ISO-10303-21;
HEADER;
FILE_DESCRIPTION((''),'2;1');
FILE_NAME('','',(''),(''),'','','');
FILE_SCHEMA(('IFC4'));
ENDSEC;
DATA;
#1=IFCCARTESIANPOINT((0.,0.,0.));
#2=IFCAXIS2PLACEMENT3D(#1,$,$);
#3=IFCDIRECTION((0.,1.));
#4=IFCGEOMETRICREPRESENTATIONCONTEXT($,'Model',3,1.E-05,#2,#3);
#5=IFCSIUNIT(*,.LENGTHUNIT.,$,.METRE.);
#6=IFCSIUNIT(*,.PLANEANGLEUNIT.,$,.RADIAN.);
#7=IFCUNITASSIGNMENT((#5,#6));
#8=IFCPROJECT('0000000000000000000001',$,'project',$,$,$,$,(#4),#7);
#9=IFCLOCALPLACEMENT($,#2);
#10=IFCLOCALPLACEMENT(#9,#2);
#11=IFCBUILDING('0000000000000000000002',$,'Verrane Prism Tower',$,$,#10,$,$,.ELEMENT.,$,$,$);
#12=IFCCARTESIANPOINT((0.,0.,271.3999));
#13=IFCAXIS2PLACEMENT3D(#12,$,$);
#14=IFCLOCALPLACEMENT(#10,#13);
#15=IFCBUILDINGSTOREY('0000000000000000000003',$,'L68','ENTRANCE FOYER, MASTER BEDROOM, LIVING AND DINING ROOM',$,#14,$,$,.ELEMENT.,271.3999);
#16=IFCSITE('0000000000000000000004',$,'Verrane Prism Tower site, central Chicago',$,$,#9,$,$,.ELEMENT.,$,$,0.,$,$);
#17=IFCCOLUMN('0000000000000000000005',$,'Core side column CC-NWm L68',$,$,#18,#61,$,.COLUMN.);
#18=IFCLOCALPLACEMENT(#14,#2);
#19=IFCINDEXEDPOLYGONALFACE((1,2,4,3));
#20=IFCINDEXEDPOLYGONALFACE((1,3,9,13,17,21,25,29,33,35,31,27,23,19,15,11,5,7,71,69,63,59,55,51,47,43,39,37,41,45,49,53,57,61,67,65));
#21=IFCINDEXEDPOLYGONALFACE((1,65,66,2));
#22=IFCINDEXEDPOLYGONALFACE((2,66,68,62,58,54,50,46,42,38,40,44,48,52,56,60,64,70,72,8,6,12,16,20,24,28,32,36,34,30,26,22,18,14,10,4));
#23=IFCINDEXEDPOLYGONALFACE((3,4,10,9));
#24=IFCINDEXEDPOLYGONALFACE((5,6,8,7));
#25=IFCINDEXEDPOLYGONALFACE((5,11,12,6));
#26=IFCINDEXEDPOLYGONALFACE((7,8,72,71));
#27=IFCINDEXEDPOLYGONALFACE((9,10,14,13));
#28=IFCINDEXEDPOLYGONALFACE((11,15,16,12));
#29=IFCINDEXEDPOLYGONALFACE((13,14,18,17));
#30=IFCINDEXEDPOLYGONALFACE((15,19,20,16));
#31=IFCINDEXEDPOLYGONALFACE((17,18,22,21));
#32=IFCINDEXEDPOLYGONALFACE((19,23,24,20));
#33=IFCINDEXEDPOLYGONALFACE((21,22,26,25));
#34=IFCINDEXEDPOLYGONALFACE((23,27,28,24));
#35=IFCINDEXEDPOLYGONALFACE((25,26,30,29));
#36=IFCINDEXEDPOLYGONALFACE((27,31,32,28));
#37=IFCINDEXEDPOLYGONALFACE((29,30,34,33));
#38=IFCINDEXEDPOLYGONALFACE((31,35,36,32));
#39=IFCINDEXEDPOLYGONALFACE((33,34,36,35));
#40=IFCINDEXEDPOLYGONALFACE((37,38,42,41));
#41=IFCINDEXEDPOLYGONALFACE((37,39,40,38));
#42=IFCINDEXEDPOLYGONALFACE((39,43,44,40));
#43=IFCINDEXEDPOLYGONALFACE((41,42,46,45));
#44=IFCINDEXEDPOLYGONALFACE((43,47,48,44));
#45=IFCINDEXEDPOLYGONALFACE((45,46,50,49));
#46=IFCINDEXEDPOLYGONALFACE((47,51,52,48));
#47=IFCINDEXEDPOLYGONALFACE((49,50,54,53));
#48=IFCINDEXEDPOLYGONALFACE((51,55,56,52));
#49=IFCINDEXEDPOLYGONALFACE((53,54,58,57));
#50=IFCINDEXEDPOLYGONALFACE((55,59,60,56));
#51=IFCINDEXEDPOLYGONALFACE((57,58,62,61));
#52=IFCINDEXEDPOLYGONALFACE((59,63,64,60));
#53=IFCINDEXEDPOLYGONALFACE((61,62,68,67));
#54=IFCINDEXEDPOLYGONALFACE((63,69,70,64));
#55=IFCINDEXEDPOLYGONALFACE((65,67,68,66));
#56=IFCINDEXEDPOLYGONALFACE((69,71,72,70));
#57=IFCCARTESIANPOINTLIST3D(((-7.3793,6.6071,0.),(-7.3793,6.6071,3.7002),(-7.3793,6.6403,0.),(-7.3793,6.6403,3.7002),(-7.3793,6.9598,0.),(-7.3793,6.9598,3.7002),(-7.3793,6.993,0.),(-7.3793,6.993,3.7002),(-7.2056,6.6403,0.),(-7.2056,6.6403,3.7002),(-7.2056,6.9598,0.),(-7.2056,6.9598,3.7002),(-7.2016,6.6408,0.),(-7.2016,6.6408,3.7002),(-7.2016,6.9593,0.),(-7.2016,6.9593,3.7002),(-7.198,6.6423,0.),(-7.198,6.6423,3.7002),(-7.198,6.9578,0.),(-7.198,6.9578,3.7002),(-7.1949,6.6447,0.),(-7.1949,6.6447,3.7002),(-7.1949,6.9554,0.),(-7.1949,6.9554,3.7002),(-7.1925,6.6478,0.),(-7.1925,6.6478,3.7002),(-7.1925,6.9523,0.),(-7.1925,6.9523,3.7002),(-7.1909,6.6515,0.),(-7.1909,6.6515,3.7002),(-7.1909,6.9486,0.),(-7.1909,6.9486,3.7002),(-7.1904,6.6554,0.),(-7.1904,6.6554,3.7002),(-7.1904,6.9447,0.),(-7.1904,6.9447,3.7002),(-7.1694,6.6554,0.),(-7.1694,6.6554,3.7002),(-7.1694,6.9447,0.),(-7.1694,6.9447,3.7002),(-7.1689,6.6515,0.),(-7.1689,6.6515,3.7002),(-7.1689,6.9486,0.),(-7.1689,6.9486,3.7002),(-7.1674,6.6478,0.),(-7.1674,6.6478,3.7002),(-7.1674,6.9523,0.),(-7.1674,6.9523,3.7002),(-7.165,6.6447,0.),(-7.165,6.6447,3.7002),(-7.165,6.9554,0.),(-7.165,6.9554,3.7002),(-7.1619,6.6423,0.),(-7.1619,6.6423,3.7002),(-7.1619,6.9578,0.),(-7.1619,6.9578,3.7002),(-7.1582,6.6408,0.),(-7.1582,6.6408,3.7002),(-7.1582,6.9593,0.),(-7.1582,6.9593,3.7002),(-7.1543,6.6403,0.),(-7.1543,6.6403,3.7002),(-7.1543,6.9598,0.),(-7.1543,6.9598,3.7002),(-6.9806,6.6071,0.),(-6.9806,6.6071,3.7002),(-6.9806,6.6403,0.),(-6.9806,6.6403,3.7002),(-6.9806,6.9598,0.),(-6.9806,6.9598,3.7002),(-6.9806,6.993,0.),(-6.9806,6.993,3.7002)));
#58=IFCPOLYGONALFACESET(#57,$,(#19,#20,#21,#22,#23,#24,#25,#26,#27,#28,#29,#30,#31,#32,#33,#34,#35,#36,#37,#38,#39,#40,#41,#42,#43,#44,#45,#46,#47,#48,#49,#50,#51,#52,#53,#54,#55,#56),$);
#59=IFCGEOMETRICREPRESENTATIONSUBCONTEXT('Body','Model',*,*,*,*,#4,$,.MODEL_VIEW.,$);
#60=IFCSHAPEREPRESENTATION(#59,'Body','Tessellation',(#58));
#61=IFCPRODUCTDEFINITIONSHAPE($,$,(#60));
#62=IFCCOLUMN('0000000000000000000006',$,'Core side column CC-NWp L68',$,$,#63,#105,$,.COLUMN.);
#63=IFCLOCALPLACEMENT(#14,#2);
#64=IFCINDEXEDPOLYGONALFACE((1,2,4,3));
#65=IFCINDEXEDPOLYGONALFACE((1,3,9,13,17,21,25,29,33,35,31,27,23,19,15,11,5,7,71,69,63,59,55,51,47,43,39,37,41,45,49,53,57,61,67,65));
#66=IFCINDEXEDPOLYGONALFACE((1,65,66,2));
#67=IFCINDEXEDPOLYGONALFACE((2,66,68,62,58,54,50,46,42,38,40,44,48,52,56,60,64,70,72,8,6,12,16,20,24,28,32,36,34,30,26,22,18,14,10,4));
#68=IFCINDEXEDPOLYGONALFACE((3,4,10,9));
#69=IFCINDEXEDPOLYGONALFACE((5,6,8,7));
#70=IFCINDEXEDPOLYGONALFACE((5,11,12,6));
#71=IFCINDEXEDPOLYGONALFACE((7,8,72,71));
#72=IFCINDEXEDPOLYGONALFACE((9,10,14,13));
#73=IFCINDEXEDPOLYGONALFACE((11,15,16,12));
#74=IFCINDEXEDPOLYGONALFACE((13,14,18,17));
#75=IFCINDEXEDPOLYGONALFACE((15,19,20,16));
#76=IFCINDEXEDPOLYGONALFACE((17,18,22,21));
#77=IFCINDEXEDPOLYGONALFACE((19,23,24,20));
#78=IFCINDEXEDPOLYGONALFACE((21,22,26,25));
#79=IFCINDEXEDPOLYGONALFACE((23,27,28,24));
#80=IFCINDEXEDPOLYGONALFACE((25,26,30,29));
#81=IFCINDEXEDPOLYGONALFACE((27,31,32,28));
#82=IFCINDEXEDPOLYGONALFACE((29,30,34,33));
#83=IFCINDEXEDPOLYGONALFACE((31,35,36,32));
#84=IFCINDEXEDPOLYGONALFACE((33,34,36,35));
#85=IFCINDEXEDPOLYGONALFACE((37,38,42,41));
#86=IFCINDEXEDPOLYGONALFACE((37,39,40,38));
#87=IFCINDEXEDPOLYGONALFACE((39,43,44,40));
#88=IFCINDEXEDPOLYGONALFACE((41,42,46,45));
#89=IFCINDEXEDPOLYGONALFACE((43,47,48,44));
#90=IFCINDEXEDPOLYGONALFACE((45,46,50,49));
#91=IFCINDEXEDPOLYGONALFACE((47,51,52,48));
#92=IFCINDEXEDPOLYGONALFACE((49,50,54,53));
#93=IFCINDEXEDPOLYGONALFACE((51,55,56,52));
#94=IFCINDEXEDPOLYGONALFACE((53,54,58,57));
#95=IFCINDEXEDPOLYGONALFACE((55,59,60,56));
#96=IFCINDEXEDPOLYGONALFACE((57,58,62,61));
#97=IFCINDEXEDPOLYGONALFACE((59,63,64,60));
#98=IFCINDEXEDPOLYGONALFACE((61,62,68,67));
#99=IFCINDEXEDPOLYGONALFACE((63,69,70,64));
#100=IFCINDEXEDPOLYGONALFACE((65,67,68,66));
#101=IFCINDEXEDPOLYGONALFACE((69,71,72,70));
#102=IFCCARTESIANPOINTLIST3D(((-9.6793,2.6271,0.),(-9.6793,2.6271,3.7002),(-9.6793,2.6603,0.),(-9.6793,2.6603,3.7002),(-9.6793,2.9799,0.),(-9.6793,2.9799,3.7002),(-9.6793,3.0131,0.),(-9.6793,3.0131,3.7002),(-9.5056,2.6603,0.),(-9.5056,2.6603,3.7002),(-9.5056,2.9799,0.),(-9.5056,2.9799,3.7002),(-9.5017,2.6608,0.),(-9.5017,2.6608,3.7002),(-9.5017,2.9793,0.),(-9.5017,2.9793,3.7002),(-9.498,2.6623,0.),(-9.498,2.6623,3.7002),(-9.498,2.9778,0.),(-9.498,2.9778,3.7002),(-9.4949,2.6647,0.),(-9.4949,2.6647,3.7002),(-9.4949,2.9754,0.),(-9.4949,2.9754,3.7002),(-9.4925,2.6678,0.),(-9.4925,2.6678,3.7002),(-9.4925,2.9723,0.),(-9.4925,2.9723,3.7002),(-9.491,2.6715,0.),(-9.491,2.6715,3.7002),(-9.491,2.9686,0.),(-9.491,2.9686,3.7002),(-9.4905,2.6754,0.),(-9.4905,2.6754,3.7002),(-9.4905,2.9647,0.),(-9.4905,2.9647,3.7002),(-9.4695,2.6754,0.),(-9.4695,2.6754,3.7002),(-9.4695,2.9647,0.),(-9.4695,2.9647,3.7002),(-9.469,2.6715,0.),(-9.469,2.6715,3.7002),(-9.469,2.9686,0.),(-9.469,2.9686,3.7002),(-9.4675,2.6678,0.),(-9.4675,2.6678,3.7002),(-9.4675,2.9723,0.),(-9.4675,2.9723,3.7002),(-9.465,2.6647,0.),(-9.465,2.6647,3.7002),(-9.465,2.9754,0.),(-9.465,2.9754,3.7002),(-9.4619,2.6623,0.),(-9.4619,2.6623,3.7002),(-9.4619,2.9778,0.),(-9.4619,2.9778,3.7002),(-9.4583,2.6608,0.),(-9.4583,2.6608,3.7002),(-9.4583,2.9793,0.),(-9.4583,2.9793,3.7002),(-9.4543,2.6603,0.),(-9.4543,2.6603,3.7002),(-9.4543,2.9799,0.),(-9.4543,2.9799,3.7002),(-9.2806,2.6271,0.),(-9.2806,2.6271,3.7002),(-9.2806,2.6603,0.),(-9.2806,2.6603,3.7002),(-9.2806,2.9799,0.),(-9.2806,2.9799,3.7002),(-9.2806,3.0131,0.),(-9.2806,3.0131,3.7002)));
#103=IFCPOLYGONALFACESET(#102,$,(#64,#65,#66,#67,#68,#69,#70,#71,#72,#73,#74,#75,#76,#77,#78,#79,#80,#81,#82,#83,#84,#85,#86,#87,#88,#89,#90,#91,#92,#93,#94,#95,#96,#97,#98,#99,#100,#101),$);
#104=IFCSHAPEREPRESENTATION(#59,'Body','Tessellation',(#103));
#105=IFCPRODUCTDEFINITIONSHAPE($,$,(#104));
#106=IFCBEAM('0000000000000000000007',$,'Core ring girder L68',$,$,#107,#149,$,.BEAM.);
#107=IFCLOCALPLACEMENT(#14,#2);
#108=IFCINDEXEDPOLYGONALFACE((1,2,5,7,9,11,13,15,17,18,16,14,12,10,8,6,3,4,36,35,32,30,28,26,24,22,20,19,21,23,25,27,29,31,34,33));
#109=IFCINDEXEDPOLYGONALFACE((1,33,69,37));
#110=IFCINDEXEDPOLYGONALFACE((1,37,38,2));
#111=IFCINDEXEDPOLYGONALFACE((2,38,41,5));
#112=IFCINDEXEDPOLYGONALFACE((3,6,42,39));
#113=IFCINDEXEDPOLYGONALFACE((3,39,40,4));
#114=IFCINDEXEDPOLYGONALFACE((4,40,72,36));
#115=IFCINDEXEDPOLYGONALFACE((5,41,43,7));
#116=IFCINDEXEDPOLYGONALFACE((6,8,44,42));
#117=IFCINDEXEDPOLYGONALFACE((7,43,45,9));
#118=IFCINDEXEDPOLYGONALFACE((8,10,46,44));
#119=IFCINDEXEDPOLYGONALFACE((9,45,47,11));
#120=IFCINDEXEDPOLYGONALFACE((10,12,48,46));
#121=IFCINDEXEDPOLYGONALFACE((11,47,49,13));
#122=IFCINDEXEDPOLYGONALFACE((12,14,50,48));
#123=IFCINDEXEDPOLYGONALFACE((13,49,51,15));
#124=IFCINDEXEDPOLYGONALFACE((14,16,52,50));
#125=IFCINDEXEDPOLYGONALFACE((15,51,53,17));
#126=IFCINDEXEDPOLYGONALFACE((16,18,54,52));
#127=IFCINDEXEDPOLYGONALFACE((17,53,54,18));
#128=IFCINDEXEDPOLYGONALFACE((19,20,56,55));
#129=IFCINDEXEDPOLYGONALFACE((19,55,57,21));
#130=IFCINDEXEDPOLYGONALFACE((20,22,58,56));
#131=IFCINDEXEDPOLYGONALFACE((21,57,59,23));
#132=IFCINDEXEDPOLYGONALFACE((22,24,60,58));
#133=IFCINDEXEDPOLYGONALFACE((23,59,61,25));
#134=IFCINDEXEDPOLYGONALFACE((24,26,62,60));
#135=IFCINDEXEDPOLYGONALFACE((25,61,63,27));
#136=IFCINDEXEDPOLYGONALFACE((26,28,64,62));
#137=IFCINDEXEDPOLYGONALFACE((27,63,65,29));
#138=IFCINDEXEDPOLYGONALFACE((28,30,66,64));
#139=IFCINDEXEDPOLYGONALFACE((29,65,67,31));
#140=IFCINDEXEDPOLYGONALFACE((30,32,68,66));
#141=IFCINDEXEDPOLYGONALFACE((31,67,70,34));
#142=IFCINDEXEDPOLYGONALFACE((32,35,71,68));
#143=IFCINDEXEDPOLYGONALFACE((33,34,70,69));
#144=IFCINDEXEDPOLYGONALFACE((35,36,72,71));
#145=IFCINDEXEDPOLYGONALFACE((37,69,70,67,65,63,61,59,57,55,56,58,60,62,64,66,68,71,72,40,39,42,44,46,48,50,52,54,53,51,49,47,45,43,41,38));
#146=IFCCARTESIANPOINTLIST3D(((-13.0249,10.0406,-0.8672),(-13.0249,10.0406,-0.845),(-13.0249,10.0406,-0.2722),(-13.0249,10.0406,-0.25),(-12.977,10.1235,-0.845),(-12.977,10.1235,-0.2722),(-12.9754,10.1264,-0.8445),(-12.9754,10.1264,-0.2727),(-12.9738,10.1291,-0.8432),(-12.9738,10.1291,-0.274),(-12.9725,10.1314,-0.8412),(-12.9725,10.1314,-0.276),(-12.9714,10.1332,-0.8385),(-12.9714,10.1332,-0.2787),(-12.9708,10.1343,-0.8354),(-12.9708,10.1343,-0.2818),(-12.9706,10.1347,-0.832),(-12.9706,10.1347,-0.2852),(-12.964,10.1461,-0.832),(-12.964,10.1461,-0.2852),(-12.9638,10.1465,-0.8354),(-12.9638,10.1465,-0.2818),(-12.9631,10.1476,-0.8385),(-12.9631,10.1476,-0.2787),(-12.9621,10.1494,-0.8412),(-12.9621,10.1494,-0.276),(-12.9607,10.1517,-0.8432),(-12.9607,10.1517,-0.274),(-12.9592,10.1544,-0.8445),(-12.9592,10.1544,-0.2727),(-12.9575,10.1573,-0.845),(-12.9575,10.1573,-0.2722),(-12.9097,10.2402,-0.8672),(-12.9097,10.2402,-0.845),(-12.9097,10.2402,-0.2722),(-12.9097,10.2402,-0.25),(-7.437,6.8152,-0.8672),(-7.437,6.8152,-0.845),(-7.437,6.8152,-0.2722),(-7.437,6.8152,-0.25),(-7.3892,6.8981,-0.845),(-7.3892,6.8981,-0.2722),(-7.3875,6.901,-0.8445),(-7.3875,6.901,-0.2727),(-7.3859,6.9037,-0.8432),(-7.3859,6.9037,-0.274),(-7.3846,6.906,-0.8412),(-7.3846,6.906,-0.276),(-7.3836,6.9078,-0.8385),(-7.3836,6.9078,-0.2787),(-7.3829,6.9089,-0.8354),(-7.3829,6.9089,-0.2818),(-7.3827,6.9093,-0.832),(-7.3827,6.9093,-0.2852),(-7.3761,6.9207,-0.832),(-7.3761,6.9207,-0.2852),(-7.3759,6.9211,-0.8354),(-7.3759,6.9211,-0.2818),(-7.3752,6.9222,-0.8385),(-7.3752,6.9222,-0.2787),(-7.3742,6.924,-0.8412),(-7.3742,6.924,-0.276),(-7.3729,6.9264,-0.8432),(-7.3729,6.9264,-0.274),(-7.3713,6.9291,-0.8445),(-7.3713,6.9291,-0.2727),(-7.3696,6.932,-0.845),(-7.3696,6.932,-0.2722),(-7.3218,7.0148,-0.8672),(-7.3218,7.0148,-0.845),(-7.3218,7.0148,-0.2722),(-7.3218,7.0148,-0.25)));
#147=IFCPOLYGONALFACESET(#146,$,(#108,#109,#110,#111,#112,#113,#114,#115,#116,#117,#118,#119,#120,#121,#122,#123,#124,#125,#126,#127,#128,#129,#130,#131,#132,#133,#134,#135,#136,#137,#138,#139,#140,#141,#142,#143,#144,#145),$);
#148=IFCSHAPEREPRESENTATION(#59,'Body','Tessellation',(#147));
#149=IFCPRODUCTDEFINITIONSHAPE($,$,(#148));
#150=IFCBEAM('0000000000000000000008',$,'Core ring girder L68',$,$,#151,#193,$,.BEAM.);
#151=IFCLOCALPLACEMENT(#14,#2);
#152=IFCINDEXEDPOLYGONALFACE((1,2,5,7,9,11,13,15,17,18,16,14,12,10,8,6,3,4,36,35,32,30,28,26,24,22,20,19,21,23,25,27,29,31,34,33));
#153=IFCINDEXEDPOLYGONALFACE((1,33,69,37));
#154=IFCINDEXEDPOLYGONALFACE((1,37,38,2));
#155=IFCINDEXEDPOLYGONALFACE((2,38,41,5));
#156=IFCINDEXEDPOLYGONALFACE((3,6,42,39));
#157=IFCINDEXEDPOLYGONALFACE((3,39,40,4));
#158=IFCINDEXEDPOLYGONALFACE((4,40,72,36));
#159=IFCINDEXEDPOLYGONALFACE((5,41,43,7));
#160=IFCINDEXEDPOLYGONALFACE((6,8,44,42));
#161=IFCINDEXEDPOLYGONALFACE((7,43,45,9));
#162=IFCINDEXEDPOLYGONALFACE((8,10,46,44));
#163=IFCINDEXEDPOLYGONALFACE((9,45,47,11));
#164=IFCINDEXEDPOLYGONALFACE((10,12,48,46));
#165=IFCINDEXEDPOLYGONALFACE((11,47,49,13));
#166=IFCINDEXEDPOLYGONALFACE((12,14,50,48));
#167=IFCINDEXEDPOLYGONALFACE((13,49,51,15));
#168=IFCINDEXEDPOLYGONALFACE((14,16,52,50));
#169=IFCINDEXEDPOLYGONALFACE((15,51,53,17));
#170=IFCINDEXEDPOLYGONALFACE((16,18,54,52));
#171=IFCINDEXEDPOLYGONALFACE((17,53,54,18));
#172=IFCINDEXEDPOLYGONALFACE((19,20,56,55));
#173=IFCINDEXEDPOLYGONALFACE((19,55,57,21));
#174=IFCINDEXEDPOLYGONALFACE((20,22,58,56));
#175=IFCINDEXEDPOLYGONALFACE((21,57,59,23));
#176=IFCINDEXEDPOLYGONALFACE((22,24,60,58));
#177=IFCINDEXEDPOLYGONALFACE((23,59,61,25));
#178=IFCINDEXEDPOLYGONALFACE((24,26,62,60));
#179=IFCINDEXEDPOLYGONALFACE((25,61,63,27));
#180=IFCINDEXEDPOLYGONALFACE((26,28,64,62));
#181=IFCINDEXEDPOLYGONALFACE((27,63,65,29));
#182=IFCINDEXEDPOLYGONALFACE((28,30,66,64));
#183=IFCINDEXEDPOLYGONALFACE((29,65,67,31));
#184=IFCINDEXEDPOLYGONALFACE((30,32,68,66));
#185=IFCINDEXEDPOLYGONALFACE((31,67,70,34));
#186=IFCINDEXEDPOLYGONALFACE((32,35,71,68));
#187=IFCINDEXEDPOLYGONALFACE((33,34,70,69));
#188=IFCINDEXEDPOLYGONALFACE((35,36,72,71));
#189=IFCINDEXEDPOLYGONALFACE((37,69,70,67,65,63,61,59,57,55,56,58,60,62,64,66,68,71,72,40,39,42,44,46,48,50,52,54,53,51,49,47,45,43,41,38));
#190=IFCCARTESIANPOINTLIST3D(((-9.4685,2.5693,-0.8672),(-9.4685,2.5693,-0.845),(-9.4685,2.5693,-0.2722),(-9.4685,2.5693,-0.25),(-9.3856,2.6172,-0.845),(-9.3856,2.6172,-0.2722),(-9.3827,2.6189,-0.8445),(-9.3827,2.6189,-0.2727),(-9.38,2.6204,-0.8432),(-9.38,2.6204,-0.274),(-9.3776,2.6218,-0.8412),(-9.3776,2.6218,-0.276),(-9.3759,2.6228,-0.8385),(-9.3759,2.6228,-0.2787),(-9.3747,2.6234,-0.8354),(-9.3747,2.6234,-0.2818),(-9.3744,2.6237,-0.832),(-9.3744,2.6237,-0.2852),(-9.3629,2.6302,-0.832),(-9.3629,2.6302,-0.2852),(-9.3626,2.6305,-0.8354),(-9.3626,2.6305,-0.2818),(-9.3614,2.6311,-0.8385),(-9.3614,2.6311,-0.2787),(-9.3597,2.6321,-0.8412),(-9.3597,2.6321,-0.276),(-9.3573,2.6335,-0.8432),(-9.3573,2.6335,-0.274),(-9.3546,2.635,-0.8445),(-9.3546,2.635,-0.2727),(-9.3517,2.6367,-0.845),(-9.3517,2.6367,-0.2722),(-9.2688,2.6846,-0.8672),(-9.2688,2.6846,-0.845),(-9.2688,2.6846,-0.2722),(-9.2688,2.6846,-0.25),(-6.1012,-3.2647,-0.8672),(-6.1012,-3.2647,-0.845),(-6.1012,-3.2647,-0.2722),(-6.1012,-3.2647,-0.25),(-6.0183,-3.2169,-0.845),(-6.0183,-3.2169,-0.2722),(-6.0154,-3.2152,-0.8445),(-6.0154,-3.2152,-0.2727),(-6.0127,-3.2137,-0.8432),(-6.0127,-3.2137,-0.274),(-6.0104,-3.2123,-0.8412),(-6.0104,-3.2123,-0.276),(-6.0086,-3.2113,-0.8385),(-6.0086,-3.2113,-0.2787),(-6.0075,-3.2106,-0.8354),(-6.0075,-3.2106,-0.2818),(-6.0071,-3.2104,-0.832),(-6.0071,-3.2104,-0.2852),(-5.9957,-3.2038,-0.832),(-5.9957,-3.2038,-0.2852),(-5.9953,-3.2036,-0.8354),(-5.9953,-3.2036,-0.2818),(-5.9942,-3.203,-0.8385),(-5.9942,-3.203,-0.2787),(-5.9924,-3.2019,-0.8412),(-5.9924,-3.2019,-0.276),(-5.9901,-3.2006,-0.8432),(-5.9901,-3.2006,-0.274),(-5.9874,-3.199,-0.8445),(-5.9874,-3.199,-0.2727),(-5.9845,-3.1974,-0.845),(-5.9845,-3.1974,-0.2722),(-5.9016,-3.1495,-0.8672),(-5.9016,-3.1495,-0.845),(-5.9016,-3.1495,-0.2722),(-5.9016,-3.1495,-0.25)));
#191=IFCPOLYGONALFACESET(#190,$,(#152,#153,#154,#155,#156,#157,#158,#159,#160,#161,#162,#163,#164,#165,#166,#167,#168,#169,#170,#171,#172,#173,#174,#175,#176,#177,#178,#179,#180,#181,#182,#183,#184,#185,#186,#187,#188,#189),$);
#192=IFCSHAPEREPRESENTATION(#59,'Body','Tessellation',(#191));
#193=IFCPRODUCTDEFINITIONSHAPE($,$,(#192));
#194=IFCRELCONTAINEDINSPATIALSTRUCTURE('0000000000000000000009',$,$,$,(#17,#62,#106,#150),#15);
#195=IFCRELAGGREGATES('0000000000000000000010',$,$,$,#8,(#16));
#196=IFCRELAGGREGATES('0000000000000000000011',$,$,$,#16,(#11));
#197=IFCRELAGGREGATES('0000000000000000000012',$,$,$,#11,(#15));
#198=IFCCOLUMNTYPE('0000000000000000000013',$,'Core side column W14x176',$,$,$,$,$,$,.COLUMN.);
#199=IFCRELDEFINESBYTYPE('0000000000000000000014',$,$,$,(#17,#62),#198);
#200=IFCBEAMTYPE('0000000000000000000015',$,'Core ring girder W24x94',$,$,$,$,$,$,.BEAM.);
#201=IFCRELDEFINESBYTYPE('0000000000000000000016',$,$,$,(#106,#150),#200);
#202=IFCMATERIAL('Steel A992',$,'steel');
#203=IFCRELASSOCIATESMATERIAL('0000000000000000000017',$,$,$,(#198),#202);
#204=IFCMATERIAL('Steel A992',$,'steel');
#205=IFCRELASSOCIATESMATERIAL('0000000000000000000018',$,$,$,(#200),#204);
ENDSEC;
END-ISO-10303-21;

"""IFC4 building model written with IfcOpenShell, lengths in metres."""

from ifc_helpers import new_model, si_unit, direction, frame, origin, origin_2d, place, context, subcontext, project, spatial, i_section, extrude, material, material_profile, profile_set, type_object, element, save


model = new_model("IFC4")

# Units and contexts
model_context = context("Model", 3, precision=1e-05, world=origin(), true_north=direction((0.0, 1.0)))
body_context = subcontext(model_context, "Body", "Model", "MODEL_VIEW")
ifc_project = project(units=[si_unit("LENGTHUNIT", "METRE"), si_unit("PLANEANGLEUNIT", "RADIAN")], contexts=[model_context])

# Site, building, storey
site_placement = place(None, origin())
site = spatial("IfcSite", under=ifc_project, at=site_placement, Name="Verrane Prism Tower site, central Chicago", CompositionType="ELEMENT", RefElevation=0.0)
building_placement = place(site_placement, origin())
building = spatial("IfcBuilding", under=site, at=building_placement, Name="Verrane Prism Tower", CompositionType="ELEMENT")
storey_placement = place(building_placement, frame((0.0, 0.0, 271.3999)))
storey = spatial("IfcBuildingStorey", under=building, at=storey_placement, Name="L68", Description="ENTRANCE FOYER, MASTER BEDROOM, LIVING AND DINING ROOM", CompositionType="ELEMENT", Elevation=271.3999)

# Columns
ifc_material_1 = material(Name="Steel A992", Category="steel")
ifc_material_profile_1 = material_profile(ifc_material_1, i_section(OverallWidth=0.3987, OverallDepth=0.386, WebThickness=0.021, FlangeThickness=0.0332, FilletRadius=0.0151, at=origin_2d()), Name="W14x176")
ifc_profile_set_1 = profile_set([ifc_material_profile_1], Name="Steel A992")
column_type = type_object("IfcColumnType", Name="Core side column W14x176", PredefinedType="COLUMN", material=ifc_profile_set_1)
for number, where, z_axis, x_axis, name in (
    (1, (-7.1799, 6.8, 0.0), (0.0, 0.0, 1.0), (1.0, 0.0, 0.0), "Core side column CC-NWm L68"),
    (2, (-9.48, 2.8201, 0.0), (0.0, 0.0, 1.0), (1.0, 0.0, 0.0), "Core side column CC-NWp L68"),
):
    element("IfcColumn", number, at=place(storey_placement, frame(where, z_axis=z_axis, x_axis=x_axis)), inside=storey, type_object=column_type, Name=name, PredefinedType="COLUMN", context=body_context, shape_type="SweptSolid", body=[
        extrude(i_section(OverallWidth=0.3987, OverallDepth=0.386, WebThickness=0.021, FlangeThickness=0.0332, FilletRadius=0.0151, at=origin_2d()), origin(), (0.0, 0.0, 1.0), 3.7002),
    ])

# Beams
ifc_material_2 = material(Name="Steel A992", Category="steel")
ifc_material_profile_2 = material_profile(ifc_material_2, i_section(OverallWidth=0.2305, OverallDepth=0.6172, WebThickness=0.0132, FlangeThickness=0.0222, FilletRadius=0.0129, at=origin_2d()), Name="W24x94")
ifc_profile_set_2 = profile_set([ifc_material_profile_2], Name="Steel A992")
beam_type_1 = type_object("IfcBeamType", Name="Core ring girder W24x94", PredefinedType="BEAM", material=ifc_profile_set_2)
beam_1_placement = place(storey_placement, frame((-7.3794, 6.915, -0.5586), z_axis=(-0.866081, 0.499904, 0.0), x_axis=(-0.499904, -0.866081, 0.0)))
element("IfcBeam", 3, at=beam_1_placement, inside=storey, type_object=beam_type_1, Name="Core ring girder L68", PredefinedType="BEAM", context=body_context, shape_type="SweptSolid", body=[
    extrude(i_section(OverallWidth=0.2305, OverallDepth=0.6172, WebThickness=0.0132, FlangeThickness=0.0222, FilletRadius=0.0129, at=origin_2d()), origin(), (0.0, 0.0, 1.0), 6.4519),
])
beam_2_placement = place(storey_placement, frame((-9.3687, 2.627, -0.5586), z_axis=(0.499881, -0.866094, 0.0), x_axis=(0.866094, 0.499881, 0.0)))
element("IfcBeam", 4, at=beam_2_placement, inside=storey, type_object=beam_type_1, Name="Core ring girder L68", PredefinedType="BEAM", context=body_context, shape_type="SweptSolid", body=[
    extrude(i_section(OverallWidth=0.2305, OverallDepth=0.6172, WebThickness=0.0132, FlangeThickness=0.0222, FilletRadius=0.0129, at=origin_2d()), origin(), (0.0, 0.0, 1.0), 6.7361),
])

save(model, "model.ifc")
